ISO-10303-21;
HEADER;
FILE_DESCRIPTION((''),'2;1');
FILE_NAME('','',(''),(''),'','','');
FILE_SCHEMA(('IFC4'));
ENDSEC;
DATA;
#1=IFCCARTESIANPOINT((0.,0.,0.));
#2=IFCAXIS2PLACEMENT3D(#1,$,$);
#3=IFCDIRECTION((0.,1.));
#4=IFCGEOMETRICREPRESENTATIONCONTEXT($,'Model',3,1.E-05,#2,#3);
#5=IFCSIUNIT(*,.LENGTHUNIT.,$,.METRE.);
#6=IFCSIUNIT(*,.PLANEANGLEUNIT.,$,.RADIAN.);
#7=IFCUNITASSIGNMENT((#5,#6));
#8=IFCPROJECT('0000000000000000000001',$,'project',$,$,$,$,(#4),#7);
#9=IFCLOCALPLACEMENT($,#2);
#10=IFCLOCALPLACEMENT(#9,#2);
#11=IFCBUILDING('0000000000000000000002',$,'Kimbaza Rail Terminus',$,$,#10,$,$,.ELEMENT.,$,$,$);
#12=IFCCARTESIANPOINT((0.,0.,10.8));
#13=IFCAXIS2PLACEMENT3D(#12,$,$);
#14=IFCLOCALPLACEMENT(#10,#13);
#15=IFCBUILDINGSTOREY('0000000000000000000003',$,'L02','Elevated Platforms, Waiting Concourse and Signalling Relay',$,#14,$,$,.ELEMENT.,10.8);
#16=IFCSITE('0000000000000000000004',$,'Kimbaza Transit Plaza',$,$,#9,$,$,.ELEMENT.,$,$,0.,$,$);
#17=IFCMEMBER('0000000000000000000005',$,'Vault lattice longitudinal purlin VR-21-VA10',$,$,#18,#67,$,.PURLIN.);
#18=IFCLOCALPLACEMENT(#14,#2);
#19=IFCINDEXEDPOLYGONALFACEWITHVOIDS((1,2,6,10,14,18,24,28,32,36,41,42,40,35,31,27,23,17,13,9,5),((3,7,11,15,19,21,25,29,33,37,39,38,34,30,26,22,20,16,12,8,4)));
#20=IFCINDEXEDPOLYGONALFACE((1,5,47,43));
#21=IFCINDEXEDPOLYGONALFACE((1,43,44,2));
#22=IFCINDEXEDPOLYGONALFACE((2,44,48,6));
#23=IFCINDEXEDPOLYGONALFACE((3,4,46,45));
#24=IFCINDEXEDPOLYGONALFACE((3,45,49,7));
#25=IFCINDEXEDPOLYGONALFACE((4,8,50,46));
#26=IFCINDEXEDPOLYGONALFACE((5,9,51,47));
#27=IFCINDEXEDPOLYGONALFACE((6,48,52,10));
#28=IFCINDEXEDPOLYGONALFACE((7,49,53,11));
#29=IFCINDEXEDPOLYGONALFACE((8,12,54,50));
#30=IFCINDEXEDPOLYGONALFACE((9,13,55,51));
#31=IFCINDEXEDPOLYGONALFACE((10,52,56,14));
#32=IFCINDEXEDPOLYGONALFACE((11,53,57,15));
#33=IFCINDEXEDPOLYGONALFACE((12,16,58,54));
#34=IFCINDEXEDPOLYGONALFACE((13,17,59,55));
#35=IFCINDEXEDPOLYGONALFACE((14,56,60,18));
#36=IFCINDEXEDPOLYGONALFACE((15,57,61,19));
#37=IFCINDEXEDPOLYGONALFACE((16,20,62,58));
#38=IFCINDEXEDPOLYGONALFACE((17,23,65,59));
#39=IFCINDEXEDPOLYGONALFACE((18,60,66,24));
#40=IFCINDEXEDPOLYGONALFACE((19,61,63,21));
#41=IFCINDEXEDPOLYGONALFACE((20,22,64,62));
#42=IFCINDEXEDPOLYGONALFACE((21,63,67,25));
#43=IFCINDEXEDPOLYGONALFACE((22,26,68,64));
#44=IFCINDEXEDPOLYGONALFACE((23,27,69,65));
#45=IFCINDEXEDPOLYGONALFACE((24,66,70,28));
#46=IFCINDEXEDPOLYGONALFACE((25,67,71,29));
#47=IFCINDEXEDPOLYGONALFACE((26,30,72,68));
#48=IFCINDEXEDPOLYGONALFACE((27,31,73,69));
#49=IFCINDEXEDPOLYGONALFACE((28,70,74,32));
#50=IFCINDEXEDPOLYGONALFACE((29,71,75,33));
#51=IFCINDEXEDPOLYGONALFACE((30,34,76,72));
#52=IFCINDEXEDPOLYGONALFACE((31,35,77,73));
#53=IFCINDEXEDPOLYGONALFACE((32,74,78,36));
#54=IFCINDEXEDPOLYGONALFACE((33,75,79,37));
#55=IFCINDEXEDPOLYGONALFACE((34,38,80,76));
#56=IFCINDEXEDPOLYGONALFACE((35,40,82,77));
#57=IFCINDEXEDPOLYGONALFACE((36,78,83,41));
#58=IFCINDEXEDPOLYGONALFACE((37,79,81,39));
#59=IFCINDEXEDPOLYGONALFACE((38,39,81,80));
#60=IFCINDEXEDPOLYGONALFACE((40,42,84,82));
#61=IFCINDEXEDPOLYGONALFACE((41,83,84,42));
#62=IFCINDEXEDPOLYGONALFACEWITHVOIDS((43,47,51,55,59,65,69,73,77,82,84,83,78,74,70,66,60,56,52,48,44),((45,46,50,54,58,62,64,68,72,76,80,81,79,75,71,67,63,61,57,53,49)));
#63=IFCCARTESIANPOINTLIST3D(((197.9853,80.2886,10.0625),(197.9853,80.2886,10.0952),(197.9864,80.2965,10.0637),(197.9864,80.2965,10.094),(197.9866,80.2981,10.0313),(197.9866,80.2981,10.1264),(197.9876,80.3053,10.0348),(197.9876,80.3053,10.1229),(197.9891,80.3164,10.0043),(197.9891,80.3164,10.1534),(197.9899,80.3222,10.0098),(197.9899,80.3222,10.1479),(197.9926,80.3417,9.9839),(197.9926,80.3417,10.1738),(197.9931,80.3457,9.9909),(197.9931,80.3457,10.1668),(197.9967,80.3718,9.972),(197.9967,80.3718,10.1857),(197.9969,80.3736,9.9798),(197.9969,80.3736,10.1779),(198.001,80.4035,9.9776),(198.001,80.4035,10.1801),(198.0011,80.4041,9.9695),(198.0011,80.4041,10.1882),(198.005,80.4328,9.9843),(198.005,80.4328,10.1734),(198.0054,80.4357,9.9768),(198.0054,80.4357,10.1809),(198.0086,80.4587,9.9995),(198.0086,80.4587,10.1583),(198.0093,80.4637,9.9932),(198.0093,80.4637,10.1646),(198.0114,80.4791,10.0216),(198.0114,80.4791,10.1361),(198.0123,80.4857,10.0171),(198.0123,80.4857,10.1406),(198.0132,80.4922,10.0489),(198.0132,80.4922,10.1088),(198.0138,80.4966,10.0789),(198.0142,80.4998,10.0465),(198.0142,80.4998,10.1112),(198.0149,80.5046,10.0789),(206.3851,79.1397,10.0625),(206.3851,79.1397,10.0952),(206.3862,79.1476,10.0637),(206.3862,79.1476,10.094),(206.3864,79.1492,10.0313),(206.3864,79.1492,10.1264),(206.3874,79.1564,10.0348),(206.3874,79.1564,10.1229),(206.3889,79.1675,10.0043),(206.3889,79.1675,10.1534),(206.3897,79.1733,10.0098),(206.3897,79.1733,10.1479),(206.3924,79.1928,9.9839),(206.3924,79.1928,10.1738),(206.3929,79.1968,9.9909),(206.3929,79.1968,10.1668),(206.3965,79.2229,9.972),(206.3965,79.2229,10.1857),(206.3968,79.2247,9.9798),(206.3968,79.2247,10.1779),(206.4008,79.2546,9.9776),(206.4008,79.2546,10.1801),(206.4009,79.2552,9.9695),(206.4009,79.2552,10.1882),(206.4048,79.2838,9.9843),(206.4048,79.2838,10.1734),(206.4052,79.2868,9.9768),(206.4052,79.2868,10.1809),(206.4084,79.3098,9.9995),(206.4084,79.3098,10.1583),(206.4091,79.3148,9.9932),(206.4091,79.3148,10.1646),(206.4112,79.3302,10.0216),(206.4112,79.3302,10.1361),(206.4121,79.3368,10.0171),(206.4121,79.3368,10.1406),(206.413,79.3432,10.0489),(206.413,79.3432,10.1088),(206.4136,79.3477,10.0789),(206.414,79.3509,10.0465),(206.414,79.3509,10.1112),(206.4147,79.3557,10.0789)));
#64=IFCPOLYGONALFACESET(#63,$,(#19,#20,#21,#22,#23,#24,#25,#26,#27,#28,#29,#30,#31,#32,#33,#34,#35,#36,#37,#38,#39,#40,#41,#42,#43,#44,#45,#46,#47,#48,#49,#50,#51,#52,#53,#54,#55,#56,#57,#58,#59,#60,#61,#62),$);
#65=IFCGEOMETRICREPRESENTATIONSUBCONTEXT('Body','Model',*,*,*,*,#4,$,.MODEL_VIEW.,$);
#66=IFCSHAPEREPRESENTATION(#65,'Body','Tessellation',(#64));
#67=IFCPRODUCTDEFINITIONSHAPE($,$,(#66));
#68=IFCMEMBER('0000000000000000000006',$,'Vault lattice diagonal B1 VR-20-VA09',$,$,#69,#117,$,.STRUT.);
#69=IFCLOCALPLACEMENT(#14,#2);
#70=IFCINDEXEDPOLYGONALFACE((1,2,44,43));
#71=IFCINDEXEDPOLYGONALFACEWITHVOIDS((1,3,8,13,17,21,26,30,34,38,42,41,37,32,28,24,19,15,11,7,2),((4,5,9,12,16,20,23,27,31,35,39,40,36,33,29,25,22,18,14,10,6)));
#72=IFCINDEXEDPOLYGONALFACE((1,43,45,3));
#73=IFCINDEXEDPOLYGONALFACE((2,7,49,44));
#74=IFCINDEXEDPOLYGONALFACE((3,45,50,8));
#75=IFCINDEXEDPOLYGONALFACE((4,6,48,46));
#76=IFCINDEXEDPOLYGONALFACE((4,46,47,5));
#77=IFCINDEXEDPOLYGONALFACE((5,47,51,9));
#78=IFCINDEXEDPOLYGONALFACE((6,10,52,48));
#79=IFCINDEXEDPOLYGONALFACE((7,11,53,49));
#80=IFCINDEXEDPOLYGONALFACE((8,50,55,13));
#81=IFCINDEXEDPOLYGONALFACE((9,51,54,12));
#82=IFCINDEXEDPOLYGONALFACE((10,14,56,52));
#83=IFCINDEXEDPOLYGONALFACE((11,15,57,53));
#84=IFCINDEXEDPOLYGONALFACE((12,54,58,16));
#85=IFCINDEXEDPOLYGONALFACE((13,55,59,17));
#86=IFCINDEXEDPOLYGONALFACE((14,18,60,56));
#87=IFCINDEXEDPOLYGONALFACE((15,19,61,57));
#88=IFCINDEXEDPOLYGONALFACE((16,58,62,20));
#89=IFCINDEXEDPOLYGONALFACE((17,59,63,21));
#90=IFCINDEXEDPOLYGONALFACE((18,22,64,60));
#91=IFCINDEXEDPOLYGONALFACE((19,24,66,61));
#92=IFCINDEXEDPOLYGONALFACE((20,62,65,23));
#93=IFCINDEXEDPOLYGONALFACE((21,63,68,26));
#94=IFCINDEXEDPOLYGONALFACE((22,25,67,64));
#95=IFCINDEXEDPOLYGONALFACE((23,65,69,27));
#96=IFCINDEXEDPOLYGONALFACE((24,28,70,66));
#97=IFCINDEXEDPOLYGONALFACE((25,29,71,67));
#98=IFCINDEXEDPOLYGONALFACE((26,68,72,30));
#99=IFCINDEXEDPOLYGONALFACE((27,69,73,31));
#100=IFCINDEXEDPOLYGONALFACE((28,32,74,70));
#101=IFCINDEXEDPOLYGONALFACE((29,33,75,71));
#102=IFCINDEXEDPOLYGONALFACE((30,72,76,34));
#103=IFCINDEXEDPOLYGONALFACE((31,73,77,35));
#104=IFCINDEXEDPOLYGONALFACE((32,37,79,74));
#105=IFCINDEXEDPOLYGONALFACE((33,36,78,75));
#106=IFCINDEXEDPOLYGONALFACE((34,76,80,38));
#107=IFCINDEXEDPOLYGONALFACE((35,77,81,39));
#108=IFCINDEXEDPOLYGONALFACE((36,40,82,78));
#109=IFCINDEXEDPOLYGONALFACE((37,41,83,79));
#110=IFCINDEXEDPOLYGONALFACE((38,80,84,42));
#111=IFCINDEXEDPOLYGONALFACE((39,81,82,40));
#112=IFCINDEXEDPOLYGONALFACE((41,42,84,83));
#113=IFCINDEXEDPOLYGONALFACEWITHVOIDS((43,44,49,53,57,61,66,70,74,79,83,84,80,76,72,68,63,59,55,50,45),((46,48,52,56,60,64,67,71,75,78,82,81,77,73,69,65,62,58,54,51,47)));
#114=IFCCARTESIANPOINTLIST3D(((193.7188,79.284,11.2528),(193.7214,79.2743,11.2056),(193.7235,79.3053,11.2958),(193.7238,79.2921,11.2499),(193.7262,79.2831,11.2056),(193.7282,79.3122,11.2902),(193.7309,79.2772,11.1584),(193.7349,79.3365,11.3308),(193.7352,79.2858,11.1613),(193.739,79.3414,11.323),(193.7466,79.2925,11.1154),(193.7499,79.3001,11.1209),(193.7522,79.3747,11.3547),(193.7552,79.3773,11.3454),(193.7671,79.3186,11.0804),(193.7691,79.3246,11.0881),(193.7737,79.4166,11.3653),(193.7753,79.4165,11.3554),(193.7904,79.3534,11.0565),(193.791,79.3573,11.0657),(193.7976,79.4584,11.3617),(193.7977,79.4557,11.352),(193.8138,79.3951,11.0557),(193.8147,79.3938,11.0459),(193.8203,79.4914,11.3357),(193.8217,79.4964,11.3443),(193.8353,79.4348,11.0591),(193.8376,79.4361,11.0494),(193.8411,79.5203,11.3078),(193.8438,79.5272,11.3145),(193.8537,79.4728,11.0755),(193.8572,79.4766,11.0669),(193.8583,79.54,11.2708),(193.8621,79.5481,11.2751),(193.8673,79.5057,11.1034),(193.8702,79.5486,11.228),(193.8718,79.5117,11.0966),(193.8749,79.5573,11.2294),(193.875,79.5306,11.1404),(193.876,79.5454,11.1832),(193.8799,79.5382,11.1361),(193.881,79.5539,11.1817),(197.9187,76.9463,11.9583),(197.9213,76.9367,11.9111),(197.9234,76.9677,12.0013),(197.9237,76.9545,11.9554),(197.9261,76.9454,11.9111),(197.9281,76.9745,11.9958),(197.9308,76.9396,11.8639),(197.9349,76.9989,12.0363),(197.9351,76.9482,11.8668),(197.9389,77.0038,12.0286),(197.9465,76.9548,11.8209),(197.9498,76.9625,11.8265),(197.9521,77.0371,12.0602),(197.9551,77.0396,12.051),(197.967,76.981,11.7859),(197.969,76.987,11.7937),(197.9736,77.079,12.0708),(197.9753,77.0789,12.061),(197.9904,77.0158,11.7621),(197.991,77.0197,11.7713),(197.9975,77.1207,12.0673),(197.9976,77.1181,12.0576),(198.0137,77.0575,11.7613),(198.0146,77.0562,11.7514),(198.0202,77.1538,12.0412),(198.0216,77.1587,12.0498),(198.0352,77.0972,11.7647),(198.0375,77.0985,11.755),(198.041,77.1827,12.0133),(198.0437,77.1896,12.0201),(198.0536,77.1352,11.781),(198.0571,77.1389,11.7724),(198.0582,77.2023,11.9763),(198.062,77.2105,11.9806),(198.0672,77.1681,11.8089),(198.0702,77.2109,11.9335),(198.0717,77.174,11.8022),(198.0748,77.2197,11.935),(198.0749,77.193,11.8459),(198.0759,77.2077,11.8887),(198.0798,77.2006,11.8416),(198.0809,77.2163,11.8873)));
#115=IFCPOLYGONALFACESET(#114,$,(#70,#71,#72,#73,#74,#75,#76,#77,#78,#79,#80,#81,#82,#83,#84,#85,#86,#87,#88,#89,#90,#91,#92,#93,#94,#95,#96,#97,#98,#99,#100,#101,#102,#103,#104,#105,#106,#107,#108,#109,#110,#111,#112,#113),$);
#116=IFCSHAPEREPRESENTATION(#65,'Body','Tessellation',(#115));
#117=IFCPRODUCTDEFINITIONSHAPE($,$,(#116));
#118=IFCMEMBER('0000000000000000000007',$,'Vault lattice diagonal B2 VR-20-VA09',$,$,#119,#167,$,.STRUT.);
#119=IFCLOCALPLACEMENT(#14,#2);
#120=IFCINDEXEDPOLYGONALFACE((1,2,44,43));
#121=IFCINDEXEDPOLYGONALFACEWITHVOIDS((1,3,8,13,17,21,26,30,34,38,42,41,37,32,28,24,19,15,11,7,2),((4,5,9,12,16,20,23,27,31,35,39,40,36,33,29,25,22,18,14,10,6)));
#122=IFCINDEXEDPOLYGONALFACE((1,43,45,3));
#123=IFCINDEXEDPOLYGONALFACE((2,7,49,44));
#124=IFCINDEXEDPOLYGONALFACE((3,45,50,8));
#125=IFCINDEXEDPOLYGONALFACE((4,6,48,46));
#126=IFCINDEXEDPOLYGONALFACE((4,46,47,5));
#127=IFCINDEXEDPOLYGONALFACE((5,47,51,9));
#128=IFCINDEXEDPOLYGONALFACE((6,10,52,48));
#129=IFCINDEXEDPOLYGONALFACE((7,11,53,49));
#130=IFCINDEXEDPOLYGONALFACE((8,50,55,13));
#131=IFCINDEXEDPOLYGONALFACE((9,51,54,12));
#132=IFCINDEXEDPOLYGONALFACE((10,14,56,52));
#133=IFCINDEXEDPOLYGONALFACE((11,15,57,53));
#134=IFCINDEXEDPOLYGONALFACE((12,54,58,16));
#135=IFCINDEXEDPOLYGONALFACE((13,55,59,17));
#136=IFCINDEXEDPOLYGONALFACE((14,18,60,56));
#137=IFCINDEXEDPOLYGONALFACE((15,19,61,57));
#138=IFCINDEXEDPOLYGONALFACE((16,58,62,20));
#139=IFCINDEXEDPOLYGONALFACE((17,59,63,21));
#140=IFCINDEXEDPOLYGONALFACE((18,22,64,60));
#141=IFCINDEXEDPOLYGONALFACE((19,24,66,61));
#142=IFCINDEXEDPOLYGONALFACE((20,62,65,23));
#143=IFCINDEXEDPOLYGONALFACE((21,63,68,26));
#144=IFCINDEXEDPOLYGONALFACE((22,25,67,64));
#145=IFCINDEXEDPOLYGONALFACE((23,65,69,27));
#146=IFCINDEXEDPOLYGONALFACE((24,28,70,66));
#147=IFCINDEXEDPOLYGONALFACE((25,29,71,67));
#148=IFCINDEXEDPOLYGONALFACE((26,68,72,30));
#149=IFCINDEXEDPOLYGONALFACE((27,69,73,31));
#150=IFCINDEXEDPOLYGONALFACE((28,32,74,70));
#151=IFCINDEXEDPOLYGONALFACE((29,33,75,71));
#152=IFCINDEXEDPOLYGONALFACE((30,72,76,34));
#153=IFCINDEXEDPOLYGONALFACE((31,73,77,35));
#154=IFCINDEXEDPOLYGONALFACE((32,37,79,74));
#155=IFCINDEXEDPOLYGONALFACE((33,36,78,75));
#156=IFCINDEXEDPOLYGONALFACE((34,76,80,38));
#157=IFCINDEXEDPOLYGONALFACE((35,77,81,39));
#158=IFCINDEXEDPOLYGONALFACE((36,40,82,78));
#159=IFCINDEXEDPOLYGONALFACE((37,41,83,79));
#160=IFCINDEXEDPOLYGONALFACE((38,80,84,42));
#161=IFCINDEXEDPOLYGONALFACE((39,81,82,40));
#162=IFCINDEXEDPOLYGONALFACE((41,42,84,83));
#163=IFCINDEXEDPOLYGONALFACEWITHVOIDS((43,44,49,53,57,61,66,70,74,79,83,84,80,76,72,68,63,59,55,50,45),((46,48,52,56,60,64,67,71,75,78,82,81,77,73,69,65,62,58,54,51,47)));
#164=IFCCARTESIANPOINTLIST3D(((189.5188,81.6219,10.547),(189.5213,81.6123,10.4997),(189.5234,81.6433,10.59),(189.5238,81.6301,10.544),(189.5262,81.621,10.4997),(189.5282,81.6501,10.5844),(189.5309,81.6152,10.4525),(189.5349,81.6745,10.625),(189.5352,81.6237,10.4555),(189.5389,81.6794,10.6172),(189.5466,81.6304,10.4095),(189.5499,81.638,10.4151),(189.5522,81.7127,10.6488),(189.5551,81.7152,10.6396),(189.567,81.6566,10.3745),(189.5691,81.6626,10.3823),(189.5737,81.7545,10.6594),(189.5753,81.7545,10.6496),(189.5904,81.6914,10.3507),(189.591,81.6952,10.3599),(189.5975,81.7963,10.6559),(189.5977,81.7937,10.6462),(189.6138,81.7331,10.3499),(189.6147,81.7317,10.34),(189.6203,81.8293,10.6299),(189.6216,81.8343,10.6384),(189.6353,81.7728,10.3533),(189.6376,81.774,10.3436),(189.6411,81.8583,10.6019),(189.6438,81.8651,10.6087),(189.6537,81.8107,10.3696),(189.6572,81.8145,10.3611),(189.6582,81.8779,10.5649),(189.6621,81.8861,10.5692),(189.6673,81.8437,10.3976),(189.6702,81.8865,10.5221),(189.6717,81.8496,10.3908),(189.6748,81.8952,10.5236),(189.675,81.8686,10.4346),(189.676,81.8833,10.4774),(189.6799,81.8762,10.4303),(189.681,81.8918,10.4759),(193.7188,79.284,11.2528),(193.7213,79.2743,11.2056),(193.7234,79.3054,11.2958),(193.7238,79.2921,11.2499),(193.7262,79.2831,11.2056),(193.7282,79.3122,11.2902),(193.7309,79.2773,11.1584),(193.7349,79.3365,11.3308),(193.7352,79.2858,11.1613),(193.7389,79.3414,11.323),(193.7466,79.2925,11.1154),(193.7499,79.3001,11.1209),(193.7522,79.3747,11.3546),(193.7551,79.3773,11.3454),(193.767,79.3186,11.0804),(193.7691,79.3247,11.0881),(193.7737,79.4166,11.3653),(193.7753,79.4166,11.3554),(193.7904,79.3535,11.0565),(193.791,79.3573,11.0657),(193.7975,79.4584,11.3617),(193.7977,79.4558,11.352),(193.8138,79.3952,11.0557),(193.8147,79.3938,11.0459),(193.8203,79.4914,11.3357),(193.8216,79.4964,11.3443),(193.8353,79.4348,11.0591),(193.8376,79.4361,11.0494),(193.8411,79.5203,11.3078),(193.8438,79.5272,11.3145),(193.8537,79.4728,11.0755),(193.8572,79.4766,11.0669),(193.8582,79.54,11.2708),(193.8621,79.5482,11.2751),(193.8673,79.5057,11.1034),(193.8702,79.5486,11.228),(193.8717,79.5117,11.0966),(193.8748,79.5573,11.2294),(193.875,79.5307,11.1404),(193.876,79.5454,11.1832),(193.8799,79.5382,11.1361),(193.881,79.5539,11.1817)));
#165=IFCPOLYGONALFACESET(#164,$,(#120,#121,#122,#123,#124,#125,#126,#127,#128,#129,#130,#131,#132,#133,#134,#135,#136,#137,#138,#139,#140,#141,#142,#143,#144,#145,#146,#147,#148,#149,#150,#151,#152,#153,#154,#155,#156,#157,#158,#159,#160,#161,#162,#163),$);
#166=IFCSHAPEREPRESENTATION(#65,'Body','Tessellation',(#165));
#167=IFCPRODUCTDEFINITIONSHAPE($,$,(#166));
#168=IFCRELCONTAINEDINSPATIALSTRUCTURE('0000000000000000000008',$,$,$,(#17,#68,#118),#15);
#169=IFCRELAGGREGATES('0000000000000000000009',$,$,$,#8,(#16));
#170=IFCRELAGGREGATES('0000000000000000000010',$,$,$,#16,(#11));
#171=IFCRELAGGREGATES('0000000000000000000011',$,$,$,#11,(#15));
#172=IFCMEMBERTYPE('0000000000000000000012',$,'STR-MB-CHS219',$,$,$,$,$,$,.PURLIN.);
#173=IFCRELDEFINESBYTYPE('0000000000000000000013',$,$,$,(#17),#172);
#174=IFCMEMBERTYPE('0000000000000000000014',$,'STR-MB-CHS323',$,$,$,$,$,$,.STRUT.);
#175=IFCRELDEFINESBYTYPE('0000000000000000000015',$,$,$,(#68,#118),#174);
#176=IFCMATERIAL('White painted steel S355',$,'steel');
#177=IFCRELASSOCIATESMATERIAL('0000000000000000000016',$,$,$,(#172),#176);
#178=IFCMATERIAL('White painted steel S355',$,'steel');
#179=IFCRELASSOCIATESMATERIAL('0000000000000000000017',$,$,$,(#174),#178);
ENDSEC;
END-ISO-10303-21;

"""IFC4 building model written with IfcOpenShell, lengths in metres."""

from ifc_helpers import new_model, si_unit, direction, frame, origin, origin_2d, place, context, subcontext, project, spatial, hollow_circle, extrude, material, material_profile, profile_set, type_object, element, save


model = new_model("IFC4")

# Units and contexts
model_context = context("Model", 3, precision=1e-05, world=origin(), true_north=direction((0.0, 1.0)))
body_context = subcontext(model_context, "Body", "Model", "MODEL_VIEW")
ifc_project = project(units=[si_unit("LENGTHUNIT", "METRE"), si_unit("PLANEANGLEUNIT", "RADIAN")], contexts=[model_context])

# Site, building, storey
site_placement = place(None, origin())
site = spatial("IfcSite", under=ifc_project, at=site_placement, Name="Kimbaza Transit Plaza", CompositionType="ELEMENT", RefElevation=0.0)
building_placement = place(site_placement, origin())
building = spatial("IfcBuilding", under=site, at=building_placement, Name="Kimbaza Rail Terminus", CompositionType="ELEMENT")
storey_placement = place(building_placement, frame((0.0, 0.0, 10.8)))
storey = spatial("IfcBuildingStorey", under=building, at=storey_placement, Name="L02", Description="Elevated Platforms, Waiting Concourse and Signalling Relay", CompositionType="ELEMENT", Elevation=10.8)

# Members
ifc_material_1 = material(Name="White painted steel S355", Category="steel")
ifc_material_profile_1 = material_profile(ifc_material_1, hollow_circle(Radius=0.1096, WallThickness=0.0081, at=origin_2d()), Name="CHS 219.1x8")
ifc_profile_set_1 = profile_set([ifc_material_profile_1], Name="White painted steel S355")
member_type_1 = type_object("IfcMemberType", Name="STR-MB-CHS219", PredefinedType="PURLIN", material=ifc_profile_set_1)
for number, where, z_axis, x_axis, name in (
    (1, (198.0, 80.396, 10.0789), (0.990775, -0.135517, 0.0), (0.135517, 0.990775, 0.0), "Vault lattice longitudinal purlin VR-21-VA10"),
):
    element("IfcMember", number, at=place(storey_placement, frame(where, z_axis=z_axis, x_axis=x_axis)), inside=storey, type_object=member_type_1, Name=name, PredefinedType="PURLIN", context=body_context, shape_type="SweptSolid", body=[
        extrude(hollow_circle(Radius=0.1096, WallThickness=0.0081, at=origin_2d()), origin(), (0.0, 0.0, 1.0), 8.478),
    ])
ifc_material_2 = material(Name="White painted steel S355", Category="steel")
ifc_material_profile_2 = material_profile(ifc_material_2, hollow_circle(Radius=0.1619, WallThickness=0.01, at=origin_2d()), Name="CHS 323.9x10")
ifc_profile_set_2 = profile_set([ifc_material_profile_2], Name="White painted steel S355")
member_type_2 = type_object("IfcMemberType", Name="STR-MB-CHS323", PredefinedType="STRUT", material=ifc_profile_set_2)
member_1_placement = place(storey_placement, frame((198.0, 77.0781, 11.9111), z_axis=(-0.86451, 0.481176, -0.145232), x_axis=(-0.486333, -0.873774, 0.0)))
element("IfcMember", 2, at=member_1_placement, inside=storey, type_object=member_type_2, Name="Vault lattice diagonal B1 VR-20-VA09", PredefinedType="STRUT", context=body_context, shape_type="SweptSolid", body=[
    extrude(hollow_circle(Radius=0.1619, WallThickness=0.01, at=origin_2d()), origin(), (0.0, 0.0, 1.0), 4.8582),
])
member_2_placement = place(storey_placement, frame((193.8, 79.4158, 11.2056), z_axis=(-0.864482, 0.481212, -0.145278), x_axis=(-0.486372, -0.873752, 0.0)))
element("IfcMember", 3, at=member_2_placement, inside=storey, type_object=member_type_2, Name="Vault lattice diagonal B2 VR-20-VA09", PredefinedType="STRUT", context=body_context, shape_type="SweptSolid", body=[
    extrude(hollow_circle(Radius=0.1619, WallThickness=0.01, at=origin_2d()), origin(), (0.0, 0.0, 1.0), 4.8584),
])

save(model, "model.ifc")
